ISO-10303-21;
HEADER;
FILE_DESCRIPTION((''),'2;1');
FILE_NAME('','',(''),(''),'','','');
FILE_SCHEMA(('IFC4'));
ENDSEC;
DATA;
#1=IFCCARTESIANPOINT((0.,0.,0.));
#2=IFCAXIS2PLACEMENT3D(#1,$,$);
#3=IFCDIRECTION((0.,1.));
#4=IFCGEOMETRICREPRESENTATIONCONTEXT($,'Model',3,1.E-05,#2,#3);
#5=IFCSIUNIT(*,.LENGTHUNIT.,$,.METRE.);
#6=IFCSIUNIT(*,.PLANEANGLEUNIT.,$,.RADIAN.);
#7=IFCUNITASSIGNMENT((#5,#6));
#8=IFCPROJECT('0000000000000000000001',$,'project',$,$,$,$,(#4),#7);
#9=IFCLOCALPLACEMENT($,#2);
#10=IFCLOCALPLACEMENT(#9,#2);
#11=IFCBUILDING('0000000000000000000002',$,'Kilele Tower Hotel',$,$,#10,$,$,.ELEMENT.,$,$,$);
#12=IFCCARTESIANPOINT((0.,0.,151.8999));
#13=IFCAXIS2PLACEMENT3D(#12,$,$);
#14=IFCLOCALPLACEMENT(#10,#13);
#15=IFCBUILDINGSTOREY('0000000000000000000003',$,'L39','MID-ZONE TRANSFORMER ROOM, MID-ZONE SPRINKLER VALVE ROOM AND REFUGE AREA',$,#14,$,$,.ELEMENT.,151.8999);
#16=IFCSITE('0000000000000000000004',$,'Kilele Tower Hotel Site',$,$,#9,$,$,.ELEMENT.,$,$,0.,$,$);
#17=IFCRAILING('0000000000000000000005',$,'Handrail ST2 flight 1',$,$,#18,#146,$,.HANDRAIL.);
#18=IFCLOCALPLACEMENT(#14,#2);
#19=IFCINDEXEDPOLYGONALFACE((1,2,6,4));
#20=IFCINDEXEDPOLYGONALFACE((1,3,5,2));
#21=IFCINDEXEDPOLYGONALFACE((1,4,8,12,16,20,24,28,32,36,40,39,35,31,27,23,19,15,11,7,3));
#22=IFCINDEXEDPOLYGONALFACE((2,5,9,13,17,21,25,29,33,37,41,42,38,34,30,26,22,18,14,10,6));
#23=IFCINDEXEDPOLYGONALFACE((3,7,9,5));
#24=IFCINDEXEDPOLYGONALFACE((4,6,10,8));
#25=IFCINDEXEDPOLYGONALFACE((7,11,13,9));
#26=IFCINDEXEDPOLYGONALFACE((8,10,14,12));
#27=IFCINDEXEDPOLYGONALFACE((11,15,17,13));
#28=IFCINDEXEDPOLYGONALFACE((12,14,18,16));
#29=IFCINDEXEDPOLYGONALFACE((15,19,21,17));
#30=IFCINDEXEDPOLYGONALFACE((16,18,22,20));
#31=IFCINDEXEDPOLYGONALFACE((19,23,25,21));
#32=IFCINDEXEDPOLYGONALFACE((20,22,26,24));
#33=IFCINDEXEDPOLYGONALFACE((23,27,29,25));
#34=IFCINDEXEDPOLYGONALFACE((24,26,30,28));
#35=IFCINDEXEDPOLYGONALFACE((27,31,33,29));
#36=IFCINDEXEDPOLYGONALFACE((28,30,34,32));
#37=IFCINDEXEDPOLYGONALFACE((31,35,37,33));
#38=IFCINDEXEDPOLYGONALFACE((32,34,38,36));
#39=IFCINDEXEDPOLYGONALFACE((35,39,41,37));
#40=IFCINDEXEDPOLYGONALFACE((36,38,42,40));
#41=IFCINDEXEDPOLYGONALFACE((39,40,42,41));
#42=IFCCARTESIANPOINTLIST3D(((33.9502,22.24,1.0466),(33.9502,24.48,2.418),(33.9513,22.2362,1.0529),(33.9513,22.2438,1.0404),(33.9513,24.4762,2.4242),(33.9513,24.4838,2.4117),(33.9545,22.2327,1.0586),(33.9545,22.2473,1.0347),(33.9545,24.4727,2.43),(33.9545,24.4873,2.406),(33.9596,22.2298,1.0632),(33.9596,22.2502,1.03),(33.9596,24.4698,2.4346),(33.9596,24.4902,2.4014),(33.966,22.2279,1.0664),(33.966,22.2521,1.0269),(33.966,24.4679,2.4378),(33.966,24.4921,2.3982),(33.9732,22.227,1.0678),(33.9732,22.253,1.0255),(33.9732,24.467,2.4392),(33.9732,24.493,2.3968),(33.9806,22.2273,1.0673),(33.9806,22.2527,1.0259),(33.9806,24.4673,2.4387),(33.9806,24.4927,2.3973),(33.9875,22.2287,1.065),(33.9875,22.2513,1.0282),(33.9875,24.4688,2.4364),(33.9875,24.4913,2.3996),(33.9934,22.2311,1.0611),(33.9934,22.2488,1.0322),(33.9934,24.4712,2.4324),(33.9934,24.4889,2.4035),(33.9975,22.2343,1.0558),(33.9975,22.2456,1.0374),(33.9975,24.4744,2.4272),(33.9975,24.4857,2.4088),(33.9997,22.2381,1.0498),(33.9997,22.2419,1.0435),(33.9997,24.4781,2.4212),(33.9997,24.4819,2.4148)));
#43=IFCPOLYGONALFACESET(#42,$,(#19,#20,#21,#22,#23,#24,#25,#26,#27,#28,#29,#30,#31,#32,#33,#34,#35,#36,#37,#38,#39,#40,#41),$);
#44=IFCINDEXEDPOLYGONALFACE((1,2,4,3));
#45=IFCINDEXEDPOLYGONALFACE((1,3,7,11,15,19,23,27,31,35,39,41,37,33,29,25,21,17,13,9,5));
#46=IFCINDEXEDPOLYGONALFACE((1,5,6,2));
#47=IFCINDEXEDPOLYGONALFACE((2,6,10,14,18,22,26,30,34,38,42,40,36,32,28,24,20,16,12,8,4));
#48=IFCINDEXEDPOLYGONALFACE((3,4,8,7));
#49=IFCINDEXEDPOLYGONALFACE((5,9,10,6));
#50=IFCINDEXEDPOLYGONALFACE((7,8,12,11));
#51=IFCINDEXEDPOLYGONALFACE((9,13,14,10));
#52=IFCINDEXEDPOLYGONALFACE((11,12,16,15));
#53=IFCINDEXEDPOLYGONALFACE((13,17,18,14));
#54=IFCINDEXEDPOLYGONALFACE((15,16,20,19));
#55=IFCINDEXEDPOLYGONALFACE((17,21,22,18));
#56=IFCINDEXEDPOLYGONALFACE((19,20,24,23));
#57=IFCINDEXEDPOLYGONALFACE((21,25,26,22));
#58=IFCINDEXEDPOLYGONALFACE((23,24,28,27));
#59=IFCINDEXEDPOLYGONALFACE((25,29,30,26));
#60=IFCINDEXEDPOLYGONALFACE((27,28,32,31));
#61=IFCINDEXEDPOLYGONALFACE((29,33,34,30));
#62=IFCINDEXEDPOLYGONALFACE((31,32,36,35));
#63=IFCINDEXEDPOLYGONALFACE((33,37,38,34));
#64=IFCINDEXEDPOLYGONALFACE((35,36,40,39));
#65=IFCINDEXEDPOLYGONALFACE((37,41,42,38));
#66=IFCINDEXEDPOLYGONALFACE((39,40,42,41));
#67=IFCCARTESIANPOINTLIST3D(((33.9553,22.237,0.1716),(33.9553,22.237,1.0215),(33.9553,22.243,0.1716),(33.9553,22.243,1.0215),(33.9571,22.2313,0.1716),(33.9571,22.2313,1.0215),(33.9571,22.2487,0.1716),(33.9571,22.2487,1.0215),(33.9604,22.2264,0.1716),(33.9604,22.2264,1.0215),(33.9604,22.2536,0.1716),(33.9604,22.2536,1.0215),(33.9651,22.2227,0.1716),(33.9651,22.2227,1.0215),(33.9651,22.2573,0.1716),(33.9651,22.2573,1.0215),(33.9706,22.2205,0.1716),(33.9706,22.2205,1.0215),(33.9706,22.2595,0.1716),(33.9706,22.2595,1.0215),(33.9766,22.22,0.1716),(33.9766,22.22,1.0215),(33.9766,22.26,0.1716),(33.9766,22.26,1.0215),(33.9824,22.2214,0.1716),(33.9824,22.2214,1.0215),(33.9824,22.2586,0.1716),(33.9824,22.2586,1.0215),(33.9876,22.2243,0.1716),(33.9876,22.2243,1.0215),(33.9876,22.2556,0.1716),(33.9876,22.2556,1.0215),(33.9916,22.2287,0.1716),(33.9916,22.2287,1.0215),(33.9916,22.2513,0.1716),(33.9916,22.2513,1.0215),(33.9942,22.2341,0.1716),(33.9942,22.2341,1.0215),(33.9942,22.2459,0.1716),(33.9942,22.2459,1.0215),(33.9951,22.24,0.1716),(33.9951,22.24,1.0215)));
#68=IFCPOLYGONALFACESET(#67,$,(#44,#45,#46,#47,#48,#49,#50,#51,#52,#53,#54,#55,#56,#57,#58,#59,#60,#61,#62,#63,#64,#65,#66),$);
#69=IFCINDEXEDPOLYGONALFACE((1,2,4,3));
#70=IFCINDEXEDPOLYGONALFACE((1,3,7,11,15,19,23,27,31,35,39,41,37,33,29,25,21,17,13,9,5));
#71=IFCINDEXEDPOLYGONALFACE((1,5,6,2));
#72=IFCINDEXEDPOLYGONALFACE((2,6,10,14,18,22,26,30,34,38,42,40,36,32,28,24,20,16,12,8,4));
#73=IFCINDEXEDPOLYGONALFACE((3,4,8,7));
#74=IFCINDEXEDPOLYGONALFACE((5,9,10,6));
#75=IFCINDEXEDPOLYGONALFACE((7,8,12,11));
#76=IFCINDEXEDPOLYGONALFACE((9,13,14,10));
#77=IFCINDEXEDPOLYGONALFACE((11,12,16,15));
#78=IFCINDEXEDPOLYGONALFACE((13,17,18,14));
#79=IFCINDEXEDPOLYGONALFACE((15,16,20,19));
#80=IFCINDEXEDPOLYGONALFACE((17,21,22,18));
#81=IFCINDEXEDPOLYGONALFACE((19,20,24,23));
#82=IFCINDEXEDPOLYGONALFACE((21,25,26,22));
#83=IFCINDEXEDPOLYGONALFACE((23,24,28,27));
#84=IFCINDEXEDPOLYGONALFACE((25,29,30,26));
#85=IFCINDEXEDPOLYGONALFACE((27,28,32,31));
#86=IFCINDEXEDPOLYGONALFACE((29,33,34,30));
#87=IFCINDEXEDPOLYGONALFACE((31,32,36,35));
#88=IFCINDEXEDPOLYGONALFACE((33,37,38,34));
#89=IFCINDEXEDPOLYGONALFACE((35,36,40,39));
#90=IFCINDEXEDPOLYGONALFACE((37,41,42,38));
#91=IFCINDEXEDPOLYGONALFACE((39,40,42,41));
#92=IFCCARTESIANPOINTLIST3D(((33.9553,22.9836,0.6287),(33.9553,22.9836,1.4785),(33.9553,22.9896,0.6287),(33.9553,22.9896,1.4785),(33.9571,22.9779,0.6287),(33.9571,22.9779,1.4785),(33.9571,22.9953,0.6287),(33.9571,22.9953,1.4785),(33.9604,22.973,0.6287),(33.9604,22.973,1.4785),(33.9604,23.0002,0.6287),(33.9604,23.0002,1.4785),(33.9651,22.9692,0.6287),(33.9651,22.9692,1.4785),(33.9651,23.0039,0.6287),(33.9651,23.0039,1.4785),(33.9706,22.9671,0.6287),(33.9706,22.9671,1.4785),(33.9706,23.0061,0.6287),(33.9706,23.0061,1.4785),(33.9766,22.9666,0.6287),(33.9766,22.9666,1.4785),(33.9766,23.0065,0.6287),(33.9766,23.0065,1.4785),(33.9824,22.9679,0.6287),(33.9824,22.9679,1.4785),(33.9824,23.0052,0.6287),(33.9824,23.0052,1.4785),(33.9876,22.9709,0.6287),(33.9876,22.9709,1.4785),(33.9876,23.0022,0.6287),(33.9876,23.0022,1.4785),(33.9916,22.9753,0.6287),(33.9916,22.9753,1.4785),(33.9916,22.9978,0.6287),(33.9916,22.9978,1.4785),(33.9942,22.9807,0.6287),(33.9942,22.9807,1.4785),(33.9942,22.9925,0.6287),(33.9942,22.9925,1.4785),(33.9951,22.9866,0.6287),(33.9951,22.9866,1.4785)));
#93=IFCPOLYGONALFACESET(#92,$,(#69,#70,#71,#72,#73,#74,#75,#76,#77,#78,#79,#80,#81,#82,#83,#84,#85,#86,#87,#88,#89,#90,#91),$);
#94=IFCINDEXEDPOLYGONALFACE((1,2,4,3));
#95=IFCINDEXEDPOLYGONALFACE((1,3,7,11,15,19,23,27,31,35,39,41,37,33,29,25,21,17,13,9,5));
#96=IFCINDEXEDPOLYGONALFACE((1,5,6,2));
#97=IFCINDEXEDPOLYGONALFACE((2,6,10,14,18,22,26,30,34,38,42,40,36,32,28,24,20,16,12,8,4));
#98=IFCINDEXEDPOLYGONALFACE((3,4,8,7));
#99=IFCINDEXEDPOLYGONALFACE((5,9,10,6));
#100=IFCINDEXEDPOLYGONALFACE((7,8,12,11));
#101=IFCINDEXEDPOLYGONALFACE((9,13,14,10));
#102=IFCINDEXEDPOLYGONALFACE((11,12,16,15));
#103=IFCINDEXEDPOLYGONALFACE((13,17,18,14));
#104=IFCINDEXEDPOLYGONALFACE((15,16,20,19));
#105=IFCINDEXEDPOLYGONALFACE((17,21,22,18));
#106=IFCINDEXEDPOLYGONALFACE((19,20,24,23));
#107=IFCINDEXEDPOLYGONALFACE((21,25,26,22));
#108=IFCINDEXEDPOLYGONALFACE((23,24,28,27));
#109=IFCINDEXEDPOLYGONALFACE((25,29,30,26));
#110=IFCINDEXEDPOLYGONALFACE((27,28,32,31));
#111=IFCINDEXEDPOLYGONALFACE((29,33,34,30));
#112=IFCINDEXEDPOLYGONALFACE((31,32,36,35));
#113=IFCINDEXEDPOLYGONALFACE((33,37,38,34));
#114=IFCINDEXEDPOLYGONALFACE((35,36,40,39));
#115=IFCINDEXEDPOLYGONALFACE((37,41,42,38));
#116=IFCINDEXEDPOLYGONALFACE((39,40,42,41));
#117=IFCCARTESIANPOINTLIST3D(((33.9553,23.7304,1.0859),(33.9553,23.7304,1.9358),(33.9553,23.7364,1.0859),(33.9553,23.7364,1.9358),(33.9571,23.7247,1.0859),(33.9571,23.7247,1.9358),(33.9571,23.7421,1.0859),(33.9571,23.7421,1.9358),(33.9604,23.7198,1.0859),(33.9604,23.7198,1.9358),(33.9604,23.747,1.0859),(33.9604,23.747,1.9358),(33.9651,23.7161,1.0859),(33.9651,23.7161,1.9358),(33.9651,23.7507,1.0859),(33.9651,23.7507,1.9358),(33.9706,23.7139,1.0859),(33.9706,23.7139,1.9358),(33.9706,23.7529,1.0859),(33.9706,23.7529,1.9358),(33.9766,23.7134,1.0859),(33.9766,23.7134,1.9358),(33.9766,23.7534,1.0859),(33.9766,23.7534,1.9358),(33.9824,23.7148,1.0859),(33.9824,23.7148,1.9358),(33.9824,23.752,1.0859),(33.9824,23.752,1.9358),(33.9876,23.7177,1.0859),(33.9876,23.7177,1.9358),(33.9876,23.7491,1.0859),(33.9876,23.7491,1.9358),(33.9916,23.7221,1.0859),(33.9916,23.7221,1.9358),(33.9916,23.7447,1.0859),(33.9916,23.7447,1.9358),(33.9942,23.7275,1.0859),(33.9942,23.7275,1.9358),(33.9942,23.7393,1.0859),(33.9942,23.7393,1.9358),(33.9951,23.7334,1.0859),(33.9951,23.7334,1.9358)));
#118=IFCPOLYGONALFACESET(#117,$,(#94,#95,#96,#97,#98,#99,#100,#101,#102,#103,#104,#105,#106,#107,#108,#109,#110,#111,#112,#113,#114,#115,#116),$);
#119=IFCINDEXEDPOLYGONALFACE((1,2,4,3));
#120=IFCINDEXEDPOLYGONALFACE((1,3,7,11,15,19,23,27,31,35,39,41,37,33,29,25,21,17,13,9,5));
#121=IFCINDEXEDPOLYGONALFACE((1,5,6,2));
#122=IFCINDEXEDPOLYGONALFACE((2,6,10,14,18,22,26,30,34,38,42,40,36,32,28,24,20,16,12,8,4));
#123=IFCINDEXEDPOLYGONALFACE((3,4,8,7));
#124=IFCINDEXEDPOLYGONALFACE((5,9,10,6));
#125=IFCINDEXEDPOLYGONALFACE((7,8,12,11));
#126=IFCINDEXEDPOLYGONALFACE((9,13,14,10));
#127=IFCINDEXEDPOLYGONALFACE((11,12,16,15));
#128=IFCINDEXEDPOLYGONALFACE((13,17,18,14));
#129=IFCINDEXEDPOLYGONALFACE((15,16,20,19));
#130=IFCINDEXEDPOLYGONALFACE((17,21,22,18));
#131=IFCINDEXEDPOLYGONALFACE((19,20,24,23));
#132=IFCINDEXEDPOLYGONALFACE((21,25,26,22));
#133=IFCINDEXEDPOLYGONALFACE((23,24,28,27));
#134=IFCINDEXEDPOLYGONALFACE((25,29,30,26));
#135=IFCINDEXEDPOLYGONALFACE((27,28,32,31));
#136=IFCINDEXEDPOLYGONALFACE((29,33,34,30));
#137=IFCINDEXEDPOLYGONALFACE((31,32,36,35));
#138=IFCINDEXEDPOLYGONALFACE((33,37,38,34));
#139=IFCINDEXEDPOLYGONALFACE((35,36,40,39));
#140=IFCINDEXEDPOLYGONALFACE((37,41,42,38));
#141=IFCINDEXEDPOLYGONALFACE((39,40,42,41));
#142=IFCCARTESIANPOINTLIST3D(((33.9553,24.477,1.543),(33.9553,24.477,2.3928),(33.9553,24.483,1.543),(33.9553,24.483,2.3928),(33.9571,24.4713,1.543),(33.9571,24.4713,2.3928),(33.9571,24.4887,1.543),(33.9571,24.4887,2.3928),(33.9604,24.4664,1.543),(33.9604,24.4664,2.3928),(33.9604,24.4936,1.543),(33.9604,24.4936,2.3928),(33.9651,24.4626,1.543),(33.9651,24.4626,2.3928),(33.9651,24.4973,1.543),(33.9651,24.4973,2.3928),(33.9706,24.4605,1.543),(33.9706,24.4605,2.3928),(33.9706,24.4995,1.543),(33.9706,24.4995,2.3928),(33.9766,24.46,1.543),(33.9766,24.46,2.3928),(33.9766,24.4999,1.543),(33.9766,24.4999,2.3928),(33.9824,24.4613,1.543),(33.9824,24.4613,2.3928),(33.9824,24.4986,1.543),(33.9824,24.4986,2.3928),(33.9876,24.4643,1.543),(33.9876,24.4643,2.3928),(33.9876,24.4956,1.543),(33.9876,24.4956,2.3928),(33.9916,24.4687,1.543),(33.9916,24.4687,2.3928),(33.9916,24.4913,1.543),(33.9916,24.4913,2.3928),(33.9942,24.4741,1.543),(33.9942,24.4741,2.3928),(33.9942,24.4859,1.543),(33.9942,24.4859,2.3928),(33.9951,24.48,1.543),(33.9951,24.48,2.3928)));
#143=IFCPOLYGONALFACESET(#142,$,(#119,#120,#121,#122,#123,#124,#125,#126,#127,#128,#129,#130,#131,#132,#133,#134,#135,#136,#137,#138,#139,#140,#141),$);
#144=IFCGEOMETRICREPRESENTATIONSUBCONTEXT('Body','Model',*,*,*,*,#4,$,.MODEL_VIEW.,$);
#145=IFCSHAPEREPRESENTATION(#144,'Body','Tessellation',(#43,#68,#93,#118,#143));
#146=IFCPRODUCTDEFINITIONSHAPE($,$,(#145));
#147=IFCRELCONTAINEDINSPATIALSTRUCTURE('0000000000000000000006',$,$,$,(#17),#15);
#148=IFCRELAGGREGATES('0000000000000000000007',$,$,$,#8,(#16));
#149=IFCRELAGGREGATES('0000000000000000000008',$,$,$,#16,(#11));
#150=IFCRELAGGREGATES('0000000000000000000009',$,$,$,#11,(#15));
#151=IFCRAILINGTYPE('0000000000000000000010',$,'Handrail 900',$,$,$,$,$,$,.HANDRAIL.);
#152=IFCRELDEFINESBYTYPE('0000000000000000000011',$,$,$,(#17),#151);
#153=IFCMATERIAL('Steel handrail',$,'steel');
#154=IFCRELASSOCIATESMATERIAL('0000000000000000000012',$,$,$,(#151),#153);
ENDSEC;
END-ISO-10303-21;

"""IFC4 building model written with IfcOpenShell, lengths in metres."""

from ifc_helpers import new_model, si_unit, direction, frame, origin, origin_2d, place, context, subcontext, project, spatial, circle, extrude, material, type_object, element, save


model = new_model("IFC4")

# Units and contexts
model_context = context("Model", 3, precision=1e-05, world=origin(), true_north=direction((0.0, 1.0)))
body_context = subcontext(model_context, "Body", "Model", "MODEL_VIEW")
ifc_project = project(units=[si_unit("LENGTHUNIT", "METRE"), si_unit("PLANEANGLEUNIT", "RADIAN")], contexts=[model_context])

# Site, building, storey
site_placement = place(None, origin())
site = spatial("IfcSite", under=ifc_project, at=site_placement, Name="Kilele Tower Hotel Site", CompositionType="ELEMENT", RefElevation=0.0)
building_placement = place(site_placement, origin())
building = spatial("IfcBuilding", under=site, at=building_placement, Name="Kilele Tower Hotel", CompositionType="ELEMENT")
storey_placement = place(building_placement, frame((0.0, 0.0, 151.8999)))
storey = spatial("IfcBuildingStorey", under=building, at=storey_placement, Name="L39", Description="MID-ZONE TRANSFORMER ROOM, MID-ZONE SPRINKLER VALVE ROOM AND REFUGE AREA", CompositionType="ELEMENT", Elevation=151.8999)

# Railing
ifc_material_1 = material(Name="Steel handrail", Category="steel")
railing_type_1 = type_object("IfcRailingType", Name="Handrail 900", PredefinedType="HANDRAIL", material=ifc_material_1)
for number, where, name in (
    (1, (33.9751, 22.24, 0.1716), "Handrail ST2 flight 1"),
):
    element("IfcRailing", number, at=place(storey_placement, frame(where)), inside=storey, type_object=railing_type_1, Name=name, PredefinedType="HANDRAIL", context=body_context, shape_type="SweptSolid", body=[
        extrude(circle(Radius=0.0249, at=origin_2d()), frame((0.0, 0.0, 0.875), z_axis=(0.0, 0.852866, 0.52213), x_axis=(-1.0, 0.0, 0.0)), (0.0, 0.0, 1.0), 2.6265),
        extrude(circle(Radius=0.02, at=origin_2d()), origin(), (0.0, 0.0, 1.0), 0.8499),
        extrude(circle(Radius=0.02, at=origin_2d()), frame((0.0, 0.7466, 0.457)), (0.0, 0.0, 1.0), 0.8499),
        extrude(circle(Radius=0.02, at=origin_2d()), frame((0.0, 1.4934, 0.9143)), (0.0, 0.0, 1.0), 0.8499),
        extrude(circle(Radius=0.02, at=origin_2d()), frame((0.0, 2.24, 1.3713)), (0.0, 0.0, 1.0), 0.8499),
    ])

save(model, "model.ifc")
